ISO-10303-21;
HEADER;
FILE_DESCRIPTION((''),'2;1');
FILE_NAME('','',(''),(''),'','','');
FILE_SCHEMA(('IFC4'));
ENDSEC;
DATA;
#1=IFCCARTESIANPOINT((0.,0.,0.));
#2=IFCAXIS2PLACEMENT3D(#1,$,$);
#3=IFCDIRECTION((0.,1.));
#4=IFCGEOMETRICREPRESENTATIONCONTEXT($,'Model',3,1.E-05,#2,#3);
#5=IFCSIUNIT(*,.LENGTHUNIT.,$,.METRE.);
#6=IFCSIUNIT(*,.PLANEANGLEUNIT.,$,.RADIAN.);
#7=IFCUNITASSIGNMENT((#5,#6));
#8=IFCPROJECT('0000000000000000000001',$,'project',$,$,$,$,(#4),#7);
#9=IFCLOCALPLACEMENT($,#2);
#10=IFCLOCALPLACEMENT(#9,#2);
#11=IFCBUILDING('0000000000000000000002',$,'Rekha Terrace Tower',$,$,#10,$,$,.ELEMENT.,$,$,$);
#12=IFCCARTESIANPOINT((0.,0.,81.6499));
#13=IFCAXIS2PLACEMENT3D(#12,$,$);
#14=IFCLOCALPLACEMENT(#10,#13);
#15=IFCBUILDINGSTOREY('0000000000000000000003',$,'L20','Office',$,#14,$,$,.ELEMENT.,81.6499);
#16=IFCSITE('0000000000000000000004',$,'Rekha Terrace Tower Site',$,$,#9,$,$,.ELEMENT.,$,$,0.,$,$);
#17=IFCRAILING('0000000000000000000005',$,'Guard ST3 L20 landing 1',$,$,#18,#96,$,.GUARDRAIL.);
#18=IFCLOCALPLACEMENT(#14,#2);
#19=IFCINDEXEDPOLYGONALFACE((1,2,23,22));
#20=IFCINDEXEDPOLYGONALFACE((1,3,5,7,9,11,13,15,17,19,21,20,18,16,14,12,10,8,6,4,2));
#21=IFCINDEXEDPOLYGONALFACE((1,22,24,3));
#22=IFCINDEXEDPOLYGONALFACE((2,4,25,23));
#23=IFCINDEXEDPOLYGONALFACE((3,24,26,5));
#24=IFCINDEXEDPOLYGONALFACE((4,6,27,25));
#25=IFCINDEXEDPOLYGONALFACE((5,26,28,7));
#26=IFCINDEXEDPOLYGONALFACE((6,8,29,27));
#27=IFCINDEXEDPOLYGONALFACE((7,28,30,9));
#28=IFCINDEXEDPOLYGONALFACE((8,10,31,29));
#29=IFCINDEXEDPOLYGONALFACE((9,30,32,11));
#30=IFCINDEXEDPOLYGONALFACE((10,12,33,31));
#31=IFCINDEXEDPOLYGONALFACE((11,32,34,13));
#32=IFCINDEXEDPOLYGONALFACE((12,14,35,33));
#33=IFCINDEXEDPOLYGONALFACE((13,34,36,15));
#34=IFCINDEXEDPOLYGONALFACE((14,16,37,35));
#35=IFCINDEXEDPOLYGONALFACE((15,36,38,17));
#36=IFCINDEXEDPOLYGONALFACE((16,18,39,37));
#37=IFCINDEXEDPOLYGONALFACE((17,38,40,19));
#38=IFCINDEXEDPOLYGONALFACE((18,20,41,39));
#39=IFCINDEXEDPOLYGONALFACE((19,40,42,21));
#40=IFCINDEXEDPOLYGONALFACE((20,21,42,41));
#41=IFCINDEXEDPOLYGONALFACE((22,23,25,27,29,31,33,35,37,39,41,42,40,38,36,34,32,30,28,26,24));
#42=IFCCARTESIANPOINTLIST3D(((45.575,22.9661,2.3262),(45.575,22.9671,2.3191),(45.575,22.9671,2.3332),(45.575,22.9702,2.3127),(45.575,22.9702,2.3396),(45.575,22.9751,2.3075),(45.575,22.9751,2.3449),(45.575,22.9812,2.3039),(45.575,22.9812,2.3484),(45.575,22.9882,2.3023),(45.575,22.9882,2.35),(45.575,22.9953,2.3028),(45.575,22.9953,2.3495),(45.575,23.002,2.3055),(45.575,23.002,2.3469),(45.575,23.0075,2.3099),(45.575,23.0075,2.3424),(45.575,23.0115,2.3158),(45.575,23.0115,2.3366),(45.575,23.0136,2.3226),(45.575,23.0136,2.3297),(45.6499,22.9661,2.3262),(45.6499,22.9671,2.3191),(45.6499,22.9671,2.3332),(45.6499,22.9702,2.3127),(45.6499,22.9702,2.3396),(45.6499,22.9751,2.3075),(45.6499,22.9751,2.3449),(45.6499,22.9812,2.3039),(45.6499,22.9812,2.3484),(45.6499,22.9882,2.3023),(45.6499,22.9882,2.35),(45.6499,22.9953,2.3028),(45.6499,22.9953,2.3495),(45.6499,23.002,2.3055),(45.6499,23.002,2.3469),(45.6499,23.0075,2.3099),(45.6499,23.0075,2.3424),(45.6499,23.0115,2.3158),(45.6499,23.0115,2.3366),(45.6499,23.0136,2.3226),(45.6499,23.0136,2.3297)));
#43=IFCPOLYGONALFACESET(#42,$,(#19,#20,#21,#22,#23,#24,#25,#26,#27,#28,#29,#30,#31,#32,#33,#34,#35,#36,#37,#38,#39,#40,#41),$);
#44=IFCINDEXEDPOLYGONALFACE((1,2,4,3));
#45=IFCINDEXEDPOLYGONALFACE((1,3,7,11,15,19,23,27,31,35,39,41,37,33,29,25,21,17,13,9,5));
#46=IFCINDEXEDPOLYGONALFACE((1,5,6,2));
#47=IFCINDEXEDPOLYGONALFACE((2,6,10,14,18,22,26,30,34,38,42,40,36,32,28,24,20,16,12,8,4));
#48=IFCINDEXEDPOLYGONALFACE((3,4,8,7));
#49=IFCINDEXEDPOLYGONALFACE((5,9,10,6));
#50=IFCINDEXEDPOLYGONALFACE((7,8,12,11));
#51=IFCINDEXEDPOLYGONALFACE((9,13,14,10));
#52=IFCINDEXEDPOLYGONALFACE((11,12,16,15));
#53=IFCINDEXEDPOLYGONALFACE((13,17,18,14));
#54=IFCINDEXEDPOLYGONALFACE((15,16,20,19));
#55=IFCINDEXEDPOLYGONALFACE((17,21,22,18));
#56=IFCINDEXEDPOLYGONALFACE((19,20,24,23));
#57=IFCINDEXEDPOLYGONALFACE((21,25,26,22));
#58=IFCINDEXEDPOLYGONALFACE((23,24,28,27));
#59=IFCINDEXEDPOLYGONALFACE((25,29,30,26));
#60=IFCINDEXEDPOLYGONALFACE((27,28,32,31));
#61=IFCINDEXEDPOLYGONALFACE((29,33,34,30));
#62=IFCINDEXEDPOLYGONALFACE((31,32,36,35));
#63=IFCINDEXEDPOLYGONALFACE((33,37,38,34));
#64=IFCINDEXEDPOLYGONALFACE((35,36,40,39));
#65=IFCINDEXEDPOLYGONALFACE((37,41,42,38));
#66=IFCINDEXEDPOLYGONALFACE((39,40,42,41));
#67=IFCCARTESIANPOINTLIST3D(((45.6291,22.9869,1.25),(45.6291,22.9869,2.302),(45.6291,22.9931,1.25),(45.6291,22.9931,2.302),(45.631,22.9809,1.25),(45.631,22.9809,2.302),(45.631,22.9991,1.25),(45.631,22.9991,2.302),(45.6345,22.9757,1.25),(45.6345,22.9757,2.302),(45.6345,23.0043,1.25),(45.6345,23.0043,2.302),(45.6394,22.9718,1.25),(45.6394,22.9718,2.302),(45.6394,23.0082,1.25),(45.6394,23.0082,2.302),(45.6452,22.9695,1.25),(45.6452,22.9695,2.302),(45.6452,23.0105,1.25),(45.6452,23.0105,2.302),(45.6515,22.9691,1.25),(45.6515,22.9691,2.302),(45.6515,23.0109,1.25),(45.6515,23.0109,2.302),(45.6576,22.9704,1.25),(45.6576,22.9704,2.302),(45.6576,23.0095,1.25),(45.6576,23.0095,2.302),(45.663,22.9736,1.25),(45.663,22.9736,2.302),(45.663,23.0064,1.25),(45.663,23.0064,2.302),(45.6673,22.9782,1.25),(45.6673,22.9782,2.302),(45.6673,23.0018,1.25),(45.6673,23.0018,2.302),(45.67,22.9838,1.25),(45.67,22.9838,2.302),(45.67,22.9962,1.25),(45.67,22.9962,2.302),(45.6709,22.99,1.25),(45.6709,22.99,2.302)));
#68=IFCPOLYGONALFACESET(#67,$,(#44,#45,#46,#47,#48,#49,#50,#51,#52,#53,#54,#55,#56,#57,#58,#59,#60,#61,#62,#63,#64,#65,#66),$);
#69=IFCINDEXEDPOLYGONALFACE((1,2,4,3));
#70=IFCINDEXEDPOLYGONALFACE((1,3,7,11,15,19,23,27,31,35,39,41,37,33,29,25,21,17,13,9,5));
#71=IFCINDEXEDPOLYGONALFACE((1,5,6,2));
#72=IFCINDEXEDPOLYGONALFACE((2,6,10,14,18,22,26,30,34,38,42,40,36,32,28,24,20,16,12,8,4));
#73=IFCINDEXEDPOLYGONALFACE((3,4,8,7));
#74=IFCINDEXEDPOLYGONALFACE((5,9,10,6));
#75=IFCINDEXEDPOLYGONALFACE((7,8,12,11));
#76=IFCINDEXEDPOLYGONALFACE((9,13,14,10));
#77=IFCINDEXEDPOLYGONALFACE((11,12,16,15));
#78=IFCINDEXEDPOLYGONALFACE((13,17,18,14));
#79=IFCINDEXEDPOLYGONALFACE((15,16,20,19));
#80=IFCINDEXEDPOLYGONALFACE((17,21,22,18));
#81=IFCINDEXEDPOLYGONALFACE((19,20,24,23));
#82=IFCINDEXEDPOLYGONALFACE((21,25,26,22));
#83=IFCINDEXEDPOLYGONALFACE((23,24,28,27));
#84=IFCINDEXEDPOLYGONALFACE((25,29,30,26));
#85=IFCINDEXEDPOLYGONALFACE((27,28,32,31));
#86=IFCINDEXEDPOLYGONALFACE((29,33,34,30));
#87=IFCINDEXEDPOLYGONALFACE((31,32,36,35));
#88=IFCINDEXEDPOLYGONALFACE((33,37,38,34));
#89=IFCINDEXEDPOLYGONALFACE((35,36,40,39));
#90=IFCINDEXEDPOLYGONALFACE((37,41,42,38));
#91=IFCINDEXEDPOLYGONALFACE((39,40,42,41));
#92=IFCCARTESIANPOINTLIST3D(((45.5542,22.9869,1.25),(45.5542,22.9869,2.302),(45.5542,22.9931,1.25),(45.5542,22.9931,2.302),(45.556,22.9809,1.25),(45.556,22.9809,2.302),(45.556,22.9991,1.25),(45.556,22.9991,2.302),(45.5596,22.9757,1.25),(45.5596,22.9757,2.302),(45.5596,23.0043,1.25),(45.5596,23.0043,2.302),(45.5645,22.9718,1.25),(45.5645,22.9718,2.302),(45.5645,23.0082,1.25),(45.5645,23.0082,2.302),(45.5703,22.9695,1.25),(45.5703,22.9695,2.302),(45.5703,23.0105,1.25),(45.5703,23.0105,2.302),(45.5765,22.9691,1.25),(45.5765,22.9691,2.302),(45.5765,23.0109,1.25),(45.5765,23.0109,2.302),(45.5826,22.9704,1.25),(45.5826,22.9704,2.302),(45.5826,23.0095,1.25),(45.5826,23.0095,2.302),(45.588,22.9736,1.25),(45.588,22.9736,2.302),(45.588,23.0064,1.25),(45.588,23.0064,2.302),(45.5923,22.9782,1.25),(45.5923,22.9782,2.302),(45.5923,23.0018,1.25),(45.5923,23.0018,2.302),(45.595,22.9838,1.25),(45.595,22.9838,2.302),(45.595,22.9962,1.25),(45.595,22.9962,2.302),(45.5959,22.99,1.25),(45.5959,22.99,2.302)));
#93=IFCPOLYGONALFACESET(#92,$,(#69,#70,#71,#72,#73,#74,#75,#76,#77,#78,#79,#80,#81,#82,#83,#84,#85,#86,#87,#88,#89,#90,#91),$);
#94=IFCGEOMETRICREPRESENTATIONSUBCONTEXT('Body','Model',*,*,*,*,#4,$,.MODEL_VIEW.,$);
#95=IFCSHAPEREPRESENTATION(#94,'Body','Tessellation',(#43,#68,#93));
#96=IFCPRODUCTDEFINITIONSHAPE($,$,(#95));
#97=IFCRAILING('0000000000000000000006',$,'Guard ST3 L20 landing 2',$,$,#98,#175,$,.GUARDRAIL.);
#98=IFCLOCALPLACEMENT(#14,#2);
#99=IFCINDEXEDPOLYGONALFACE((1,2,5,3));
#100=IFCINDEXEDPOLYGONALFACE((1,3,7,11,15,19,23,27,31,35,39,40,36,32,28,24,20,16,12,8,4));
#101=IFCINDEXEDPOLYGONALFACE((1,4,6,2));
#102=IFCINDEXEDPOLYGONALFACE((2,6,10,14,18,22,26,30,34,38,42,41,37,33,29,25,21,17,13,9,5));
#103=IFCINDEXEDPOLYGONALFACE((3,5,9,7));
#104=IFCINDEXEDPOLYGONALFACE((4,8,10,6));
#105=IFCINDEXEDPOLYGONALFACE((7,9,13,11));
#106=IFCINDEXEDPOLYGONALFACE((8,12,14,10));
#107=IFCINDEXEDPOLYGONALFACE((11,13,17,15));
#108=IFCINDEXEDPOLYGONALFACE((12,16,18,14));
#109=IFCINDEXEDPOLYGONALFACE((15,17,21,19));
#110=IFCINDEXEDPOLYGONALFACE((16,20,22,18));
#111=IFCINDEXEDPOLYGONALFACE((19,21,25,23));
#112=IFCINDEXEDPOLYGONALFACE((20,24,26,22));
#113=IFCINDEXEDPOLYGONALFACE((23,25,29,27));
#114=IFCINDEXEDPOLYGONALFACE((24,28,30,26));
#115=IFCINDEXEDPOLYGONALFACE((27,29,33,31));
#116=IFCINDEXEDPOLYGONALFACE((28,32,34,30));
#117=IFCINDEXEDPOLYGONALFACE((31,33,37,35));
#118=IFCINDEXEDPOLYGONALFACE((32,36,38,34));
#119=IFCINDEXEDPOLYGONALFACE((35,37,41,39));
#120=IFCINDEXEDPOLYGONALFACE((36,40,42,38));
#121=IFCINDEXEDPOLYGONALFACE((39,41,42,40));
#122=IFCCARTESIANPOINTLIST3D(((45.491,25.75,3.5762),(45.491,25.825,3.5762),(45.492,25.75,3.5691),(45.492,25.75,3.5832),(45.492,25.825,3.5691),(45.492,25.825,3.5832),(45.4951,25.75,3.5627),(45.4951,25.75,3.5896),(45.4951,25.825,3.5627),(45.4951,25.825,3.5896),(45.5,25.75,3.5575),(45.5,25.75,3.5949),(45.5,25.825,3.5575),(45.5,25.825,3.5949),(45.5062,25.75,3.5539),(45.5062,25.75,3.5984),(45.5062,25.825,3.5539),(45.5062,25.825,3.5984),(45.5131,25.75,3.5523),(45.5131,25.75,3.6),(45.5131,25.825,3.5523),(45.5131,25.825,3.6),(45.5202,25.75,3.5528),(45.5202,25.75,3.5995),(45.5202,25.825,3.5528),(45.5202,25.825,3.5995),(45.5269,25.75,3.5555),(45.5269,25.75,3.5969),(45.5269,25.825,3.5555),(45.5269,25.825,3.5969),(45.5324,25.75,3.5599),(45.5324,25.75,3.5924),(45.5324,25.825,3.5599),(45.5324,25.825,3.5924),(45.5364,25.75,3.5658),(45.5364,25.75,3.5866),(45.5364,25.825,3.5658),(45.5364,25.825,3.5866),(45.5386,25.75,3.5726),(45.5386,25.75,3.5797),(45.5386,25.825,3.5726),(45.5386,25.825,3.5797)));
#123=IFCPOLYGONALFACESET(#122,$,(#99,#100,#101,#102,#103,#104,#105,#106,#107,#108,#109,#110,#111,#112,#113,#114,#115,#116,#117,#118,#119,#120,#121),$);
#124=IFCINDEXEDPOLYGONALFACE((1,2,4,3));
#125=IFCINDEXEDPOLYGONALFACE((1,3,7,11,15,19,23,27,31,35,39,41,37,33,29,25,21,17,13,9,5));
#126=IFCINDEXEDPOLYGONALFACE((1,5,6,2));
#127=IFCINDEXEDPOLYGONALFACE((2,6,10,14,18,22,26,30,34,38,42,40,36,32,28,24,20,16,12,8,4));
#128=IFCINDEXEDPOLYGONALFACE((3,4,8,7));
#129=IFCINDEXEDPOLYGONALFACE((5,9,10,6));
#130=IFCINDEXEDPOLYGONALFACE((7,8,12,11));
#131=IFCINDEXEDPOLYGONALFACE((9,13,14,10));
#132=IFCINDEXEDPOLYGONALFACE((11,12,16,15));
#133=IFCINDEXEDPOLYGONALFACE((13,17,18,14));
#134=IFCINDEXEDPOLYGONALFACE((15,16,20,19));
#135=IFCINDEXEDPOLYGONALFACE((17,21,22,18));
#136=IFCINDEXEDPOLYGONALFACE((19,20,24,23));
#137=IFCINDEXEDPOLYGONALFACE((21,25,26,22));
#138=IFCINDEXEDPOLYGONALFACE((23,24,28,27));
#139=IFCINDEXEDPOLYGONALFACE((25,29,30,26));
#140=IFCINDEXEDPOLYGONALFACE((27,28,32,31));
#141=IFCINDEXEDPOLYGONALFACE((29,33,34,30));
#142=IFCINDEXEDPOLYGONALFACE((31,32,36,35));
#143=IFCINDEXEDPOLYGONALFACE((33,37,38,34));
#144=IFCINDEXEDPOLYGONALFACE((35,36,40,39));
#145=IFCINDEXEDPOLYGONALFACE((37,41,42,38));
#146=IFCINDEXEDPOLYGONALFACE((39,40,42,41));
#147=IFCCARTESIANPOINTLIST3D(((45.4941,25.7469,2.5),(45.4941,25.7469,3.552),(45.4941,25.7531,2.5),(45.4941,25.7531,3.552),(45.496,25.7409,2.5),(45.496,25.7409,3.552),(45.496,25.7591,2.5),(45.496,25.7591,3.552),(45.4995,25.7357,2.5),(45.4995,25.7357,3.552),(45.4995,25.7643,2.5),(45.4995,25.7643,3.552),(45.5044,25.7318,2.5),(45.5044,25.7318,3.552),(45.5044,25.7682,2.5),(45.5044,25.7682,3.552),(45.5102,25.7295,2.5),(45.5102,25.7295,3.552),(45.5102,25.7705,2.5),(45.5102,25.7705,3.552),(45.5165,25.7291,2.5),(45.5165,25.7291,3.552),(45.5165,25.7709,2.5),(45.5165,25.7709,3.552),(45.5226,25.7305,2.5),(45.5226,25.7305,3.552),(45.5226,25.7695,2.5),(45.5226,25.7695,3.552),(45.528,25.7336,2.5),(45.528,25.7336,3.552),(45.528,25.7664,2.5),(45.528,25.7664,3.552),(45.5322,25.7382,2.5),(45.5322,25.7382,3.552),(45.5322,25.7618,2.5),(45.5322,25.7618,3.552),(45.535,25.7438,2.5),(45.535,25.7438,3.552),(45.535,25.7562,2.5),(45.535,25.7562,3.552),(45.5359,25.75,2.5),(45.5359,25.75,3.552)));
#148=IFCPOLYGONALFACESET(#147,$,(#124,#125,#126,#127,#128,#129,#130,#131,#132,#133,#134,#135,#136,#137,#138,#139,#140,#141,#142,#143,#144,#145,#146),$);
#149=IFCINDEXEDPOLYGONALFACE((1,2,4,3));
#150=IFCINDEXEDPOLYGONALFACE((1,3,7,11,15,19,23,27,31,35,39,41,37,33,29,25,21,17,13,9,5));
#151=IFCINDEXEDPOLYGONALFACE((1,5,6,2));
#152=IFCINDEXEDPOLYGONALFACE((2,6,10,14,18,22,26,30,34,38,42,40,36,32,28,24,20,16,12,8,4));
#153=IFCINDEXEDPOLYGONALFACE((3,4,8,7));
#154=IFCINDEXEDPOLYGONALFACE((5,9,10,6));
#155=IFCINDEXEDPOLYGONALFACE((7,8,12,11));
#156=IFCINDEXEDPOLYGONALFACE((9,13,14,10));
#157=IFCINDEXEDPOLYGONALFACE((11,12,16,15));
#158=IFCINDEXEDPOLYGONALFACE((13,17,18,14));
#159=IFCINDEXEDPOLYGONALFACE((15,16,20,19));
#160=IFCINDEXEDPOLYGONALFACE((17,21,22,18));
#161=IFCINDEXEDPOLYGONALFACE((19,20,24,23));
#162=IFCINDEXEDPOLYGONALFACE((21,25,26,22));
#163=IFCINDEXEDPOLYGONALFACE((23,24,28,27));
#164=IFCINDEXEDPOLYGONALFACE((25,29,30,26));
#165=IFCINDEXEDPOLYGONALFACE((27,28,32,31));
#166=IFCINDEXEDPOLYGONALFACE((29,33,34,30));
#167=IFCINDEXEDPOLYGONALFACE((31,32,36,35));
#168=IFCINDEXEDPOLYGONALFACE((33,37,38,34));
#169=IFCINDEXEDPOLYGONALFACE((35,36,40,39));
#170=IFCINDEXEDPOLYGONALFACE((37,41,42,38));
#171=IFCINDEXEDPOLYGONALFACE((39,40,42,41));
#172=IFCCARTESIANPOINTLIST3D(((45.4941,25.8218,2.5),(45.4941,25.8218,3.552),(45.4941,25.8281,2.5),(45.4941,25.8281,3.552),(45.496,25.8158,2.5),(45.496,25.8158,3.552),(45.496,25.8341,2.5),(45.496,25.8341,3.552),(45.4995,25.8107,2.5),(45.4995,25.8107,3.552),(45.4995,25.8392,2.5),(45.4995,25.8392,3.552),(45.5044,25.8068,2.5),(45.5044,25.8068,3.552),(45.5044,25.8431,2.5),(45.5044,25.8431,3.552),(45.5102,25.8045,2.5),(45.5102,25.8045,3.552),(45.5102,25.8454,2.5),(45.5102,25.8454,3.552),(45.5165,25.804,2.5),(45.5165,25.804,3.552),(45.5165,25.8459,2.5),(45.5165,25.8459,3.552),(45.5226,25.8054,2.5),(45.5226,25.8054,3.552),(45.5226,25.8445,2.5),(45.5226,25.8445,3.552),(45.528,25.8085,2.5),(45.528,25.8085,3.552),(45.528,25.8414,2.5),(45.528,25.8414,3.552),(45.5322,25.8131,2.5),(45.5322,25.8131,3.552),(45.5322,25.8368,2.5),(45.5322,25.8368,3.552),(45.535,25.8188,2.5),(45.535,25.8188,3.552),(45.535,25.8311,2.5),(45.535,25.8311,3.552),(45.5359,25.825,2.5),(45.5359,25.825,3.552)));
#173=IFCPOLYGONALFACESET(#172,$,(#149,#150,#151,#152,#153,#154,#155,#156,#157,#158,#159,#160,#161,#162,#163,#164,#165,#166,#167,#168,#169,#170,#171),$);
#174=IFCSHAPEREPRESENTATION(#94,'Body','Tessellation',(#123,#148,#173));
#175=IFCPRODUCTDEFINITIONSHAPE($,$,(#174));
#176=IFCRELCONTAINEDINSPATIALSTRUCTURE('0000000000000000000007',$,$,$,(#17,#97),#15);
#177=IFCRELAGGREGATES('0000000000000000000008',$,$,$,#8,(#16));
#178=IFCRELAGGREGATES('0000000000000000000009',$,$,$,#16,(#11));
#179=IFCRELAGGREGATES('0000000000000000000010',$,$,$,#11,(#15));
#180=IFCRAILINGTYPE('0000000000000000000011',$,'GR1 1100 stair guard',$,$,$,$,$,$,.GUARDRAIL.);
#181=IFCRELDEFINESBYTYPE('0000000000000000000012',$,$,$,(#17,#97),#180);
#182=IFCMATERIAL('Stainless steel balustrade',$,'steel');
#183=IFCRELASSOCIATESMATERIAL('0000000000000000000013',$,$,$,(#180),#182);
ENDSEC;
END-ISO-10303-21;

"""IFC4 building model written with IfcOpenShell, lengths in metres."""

from ifc_helpers import new_model, si_unit, direction, frame, origin, origin_2d, place, context, subcontext, project, spatial, circle, extrude, material, type_object, element, save


model = new_model("IFC4")

# Units and contexts
model_context = context("Model", 3, precision=1e-05, world=origin(), true_north=direction((0.0, 1.0)))
body_context = subcontext(model_context, "Body", "Model", "MODEL_VIEW")
ifc_project = project(units=[si_unit("LENGTHUNIT", "METRE"), si_unit("PLANEANGLEUNIT", "RADIAN")], contexts=[model_context])

# Site, building, storey
site_placement = place(None, origin())
site = spatial("IfcSite", under=ifc_project, at=site_placement, Name="Rekha Terrace Tower Site", CompositionType="ELEMENT", RefElevation=0.0)
building_placement = place(site_placement, origin())
building = spatial("IfcBuilding", under=site, at=building_placement, Name="Rekha Terrace Tower", CompositionType="ELEMENT")
storey_placement = place(building_placement, frame((0.0, 0.0, 81.6499)))
storey = spatial("IfcBuildingStorey", under=building, at=storey_placement, Name="L20", Description="Office", CompositionType="ELEMENT", Elevation=81.6499)

# Railings
ifc_material_1 = material(Name="Stainless steel balustrade", Category="steel")
railing_type_1 = type_object("IfcRailingType", Name="GR1 1100 stair guard", PredefinedType="GUARDRAIL", material=ifc_material_1)
railing_1_placement = place(storey_placement, frame((45.6499, 22.99, 1.25)))
element("IfcRailing", 1, at=railing_1_placement, inside=storey, type_object=railing_type_1, Name="Guard ST3 L20 landing 1", PredefinedType="GUARDRAIL", context=body_context, shape_type="SweptSolid", body=[
    extrude(circle(Radius=0.0239, at=origin_2d()), frame((0.0, 0.0, 1.0762), z_axis=(-1.0, 0.0, 0.0), x_axis=(0.0, -1.0, 0.0)), (0.0, 0.0, 1.0), 0.075),
    extrude(circle(Radius=0.021, at=origin_2d()), origin(), (0.0, 0.0, 1.0), 1.052),
    extrude(circle(Radius=0.021, at=origin_2d()), frame((-0.075, 0.0, 0.0)), (0.0, 0.0, 1.0), 1.052),
])
railing_2_placement = place(storey_placement, frame((45.5149, 25.75, 2.5)))
element("IfcRailing", 2, at=railing_2_placement, inside=storey, type_object=railing_type_1, Name="Guard ST3 L20 landing 2", PredefinedType="GUARDRAIL", context=body_context, shape_type="SweptSolid", body=[
    extrude(circle(Radius=0.0239, at=origin_2d()), frame((0.0, 0.0, 1.0762), z_axis=(0.0, 1.0, 0.0), x_axis=(-1.0, 0.0, 0.0)), (0.0, 0.0, 1.0), 0.075),
    extrude(circle(Radius=0.021, at=origin_2d()), origin(), (0.0, 0.0, 1.0), 1.052),
    extrude(circle(Radius=0.021, at=origin_2d()), frame((0.0, 0.075, 0.0)), (0.0, 0.0, 1.0), 1.052),
])

save(model, "model.ifc")
